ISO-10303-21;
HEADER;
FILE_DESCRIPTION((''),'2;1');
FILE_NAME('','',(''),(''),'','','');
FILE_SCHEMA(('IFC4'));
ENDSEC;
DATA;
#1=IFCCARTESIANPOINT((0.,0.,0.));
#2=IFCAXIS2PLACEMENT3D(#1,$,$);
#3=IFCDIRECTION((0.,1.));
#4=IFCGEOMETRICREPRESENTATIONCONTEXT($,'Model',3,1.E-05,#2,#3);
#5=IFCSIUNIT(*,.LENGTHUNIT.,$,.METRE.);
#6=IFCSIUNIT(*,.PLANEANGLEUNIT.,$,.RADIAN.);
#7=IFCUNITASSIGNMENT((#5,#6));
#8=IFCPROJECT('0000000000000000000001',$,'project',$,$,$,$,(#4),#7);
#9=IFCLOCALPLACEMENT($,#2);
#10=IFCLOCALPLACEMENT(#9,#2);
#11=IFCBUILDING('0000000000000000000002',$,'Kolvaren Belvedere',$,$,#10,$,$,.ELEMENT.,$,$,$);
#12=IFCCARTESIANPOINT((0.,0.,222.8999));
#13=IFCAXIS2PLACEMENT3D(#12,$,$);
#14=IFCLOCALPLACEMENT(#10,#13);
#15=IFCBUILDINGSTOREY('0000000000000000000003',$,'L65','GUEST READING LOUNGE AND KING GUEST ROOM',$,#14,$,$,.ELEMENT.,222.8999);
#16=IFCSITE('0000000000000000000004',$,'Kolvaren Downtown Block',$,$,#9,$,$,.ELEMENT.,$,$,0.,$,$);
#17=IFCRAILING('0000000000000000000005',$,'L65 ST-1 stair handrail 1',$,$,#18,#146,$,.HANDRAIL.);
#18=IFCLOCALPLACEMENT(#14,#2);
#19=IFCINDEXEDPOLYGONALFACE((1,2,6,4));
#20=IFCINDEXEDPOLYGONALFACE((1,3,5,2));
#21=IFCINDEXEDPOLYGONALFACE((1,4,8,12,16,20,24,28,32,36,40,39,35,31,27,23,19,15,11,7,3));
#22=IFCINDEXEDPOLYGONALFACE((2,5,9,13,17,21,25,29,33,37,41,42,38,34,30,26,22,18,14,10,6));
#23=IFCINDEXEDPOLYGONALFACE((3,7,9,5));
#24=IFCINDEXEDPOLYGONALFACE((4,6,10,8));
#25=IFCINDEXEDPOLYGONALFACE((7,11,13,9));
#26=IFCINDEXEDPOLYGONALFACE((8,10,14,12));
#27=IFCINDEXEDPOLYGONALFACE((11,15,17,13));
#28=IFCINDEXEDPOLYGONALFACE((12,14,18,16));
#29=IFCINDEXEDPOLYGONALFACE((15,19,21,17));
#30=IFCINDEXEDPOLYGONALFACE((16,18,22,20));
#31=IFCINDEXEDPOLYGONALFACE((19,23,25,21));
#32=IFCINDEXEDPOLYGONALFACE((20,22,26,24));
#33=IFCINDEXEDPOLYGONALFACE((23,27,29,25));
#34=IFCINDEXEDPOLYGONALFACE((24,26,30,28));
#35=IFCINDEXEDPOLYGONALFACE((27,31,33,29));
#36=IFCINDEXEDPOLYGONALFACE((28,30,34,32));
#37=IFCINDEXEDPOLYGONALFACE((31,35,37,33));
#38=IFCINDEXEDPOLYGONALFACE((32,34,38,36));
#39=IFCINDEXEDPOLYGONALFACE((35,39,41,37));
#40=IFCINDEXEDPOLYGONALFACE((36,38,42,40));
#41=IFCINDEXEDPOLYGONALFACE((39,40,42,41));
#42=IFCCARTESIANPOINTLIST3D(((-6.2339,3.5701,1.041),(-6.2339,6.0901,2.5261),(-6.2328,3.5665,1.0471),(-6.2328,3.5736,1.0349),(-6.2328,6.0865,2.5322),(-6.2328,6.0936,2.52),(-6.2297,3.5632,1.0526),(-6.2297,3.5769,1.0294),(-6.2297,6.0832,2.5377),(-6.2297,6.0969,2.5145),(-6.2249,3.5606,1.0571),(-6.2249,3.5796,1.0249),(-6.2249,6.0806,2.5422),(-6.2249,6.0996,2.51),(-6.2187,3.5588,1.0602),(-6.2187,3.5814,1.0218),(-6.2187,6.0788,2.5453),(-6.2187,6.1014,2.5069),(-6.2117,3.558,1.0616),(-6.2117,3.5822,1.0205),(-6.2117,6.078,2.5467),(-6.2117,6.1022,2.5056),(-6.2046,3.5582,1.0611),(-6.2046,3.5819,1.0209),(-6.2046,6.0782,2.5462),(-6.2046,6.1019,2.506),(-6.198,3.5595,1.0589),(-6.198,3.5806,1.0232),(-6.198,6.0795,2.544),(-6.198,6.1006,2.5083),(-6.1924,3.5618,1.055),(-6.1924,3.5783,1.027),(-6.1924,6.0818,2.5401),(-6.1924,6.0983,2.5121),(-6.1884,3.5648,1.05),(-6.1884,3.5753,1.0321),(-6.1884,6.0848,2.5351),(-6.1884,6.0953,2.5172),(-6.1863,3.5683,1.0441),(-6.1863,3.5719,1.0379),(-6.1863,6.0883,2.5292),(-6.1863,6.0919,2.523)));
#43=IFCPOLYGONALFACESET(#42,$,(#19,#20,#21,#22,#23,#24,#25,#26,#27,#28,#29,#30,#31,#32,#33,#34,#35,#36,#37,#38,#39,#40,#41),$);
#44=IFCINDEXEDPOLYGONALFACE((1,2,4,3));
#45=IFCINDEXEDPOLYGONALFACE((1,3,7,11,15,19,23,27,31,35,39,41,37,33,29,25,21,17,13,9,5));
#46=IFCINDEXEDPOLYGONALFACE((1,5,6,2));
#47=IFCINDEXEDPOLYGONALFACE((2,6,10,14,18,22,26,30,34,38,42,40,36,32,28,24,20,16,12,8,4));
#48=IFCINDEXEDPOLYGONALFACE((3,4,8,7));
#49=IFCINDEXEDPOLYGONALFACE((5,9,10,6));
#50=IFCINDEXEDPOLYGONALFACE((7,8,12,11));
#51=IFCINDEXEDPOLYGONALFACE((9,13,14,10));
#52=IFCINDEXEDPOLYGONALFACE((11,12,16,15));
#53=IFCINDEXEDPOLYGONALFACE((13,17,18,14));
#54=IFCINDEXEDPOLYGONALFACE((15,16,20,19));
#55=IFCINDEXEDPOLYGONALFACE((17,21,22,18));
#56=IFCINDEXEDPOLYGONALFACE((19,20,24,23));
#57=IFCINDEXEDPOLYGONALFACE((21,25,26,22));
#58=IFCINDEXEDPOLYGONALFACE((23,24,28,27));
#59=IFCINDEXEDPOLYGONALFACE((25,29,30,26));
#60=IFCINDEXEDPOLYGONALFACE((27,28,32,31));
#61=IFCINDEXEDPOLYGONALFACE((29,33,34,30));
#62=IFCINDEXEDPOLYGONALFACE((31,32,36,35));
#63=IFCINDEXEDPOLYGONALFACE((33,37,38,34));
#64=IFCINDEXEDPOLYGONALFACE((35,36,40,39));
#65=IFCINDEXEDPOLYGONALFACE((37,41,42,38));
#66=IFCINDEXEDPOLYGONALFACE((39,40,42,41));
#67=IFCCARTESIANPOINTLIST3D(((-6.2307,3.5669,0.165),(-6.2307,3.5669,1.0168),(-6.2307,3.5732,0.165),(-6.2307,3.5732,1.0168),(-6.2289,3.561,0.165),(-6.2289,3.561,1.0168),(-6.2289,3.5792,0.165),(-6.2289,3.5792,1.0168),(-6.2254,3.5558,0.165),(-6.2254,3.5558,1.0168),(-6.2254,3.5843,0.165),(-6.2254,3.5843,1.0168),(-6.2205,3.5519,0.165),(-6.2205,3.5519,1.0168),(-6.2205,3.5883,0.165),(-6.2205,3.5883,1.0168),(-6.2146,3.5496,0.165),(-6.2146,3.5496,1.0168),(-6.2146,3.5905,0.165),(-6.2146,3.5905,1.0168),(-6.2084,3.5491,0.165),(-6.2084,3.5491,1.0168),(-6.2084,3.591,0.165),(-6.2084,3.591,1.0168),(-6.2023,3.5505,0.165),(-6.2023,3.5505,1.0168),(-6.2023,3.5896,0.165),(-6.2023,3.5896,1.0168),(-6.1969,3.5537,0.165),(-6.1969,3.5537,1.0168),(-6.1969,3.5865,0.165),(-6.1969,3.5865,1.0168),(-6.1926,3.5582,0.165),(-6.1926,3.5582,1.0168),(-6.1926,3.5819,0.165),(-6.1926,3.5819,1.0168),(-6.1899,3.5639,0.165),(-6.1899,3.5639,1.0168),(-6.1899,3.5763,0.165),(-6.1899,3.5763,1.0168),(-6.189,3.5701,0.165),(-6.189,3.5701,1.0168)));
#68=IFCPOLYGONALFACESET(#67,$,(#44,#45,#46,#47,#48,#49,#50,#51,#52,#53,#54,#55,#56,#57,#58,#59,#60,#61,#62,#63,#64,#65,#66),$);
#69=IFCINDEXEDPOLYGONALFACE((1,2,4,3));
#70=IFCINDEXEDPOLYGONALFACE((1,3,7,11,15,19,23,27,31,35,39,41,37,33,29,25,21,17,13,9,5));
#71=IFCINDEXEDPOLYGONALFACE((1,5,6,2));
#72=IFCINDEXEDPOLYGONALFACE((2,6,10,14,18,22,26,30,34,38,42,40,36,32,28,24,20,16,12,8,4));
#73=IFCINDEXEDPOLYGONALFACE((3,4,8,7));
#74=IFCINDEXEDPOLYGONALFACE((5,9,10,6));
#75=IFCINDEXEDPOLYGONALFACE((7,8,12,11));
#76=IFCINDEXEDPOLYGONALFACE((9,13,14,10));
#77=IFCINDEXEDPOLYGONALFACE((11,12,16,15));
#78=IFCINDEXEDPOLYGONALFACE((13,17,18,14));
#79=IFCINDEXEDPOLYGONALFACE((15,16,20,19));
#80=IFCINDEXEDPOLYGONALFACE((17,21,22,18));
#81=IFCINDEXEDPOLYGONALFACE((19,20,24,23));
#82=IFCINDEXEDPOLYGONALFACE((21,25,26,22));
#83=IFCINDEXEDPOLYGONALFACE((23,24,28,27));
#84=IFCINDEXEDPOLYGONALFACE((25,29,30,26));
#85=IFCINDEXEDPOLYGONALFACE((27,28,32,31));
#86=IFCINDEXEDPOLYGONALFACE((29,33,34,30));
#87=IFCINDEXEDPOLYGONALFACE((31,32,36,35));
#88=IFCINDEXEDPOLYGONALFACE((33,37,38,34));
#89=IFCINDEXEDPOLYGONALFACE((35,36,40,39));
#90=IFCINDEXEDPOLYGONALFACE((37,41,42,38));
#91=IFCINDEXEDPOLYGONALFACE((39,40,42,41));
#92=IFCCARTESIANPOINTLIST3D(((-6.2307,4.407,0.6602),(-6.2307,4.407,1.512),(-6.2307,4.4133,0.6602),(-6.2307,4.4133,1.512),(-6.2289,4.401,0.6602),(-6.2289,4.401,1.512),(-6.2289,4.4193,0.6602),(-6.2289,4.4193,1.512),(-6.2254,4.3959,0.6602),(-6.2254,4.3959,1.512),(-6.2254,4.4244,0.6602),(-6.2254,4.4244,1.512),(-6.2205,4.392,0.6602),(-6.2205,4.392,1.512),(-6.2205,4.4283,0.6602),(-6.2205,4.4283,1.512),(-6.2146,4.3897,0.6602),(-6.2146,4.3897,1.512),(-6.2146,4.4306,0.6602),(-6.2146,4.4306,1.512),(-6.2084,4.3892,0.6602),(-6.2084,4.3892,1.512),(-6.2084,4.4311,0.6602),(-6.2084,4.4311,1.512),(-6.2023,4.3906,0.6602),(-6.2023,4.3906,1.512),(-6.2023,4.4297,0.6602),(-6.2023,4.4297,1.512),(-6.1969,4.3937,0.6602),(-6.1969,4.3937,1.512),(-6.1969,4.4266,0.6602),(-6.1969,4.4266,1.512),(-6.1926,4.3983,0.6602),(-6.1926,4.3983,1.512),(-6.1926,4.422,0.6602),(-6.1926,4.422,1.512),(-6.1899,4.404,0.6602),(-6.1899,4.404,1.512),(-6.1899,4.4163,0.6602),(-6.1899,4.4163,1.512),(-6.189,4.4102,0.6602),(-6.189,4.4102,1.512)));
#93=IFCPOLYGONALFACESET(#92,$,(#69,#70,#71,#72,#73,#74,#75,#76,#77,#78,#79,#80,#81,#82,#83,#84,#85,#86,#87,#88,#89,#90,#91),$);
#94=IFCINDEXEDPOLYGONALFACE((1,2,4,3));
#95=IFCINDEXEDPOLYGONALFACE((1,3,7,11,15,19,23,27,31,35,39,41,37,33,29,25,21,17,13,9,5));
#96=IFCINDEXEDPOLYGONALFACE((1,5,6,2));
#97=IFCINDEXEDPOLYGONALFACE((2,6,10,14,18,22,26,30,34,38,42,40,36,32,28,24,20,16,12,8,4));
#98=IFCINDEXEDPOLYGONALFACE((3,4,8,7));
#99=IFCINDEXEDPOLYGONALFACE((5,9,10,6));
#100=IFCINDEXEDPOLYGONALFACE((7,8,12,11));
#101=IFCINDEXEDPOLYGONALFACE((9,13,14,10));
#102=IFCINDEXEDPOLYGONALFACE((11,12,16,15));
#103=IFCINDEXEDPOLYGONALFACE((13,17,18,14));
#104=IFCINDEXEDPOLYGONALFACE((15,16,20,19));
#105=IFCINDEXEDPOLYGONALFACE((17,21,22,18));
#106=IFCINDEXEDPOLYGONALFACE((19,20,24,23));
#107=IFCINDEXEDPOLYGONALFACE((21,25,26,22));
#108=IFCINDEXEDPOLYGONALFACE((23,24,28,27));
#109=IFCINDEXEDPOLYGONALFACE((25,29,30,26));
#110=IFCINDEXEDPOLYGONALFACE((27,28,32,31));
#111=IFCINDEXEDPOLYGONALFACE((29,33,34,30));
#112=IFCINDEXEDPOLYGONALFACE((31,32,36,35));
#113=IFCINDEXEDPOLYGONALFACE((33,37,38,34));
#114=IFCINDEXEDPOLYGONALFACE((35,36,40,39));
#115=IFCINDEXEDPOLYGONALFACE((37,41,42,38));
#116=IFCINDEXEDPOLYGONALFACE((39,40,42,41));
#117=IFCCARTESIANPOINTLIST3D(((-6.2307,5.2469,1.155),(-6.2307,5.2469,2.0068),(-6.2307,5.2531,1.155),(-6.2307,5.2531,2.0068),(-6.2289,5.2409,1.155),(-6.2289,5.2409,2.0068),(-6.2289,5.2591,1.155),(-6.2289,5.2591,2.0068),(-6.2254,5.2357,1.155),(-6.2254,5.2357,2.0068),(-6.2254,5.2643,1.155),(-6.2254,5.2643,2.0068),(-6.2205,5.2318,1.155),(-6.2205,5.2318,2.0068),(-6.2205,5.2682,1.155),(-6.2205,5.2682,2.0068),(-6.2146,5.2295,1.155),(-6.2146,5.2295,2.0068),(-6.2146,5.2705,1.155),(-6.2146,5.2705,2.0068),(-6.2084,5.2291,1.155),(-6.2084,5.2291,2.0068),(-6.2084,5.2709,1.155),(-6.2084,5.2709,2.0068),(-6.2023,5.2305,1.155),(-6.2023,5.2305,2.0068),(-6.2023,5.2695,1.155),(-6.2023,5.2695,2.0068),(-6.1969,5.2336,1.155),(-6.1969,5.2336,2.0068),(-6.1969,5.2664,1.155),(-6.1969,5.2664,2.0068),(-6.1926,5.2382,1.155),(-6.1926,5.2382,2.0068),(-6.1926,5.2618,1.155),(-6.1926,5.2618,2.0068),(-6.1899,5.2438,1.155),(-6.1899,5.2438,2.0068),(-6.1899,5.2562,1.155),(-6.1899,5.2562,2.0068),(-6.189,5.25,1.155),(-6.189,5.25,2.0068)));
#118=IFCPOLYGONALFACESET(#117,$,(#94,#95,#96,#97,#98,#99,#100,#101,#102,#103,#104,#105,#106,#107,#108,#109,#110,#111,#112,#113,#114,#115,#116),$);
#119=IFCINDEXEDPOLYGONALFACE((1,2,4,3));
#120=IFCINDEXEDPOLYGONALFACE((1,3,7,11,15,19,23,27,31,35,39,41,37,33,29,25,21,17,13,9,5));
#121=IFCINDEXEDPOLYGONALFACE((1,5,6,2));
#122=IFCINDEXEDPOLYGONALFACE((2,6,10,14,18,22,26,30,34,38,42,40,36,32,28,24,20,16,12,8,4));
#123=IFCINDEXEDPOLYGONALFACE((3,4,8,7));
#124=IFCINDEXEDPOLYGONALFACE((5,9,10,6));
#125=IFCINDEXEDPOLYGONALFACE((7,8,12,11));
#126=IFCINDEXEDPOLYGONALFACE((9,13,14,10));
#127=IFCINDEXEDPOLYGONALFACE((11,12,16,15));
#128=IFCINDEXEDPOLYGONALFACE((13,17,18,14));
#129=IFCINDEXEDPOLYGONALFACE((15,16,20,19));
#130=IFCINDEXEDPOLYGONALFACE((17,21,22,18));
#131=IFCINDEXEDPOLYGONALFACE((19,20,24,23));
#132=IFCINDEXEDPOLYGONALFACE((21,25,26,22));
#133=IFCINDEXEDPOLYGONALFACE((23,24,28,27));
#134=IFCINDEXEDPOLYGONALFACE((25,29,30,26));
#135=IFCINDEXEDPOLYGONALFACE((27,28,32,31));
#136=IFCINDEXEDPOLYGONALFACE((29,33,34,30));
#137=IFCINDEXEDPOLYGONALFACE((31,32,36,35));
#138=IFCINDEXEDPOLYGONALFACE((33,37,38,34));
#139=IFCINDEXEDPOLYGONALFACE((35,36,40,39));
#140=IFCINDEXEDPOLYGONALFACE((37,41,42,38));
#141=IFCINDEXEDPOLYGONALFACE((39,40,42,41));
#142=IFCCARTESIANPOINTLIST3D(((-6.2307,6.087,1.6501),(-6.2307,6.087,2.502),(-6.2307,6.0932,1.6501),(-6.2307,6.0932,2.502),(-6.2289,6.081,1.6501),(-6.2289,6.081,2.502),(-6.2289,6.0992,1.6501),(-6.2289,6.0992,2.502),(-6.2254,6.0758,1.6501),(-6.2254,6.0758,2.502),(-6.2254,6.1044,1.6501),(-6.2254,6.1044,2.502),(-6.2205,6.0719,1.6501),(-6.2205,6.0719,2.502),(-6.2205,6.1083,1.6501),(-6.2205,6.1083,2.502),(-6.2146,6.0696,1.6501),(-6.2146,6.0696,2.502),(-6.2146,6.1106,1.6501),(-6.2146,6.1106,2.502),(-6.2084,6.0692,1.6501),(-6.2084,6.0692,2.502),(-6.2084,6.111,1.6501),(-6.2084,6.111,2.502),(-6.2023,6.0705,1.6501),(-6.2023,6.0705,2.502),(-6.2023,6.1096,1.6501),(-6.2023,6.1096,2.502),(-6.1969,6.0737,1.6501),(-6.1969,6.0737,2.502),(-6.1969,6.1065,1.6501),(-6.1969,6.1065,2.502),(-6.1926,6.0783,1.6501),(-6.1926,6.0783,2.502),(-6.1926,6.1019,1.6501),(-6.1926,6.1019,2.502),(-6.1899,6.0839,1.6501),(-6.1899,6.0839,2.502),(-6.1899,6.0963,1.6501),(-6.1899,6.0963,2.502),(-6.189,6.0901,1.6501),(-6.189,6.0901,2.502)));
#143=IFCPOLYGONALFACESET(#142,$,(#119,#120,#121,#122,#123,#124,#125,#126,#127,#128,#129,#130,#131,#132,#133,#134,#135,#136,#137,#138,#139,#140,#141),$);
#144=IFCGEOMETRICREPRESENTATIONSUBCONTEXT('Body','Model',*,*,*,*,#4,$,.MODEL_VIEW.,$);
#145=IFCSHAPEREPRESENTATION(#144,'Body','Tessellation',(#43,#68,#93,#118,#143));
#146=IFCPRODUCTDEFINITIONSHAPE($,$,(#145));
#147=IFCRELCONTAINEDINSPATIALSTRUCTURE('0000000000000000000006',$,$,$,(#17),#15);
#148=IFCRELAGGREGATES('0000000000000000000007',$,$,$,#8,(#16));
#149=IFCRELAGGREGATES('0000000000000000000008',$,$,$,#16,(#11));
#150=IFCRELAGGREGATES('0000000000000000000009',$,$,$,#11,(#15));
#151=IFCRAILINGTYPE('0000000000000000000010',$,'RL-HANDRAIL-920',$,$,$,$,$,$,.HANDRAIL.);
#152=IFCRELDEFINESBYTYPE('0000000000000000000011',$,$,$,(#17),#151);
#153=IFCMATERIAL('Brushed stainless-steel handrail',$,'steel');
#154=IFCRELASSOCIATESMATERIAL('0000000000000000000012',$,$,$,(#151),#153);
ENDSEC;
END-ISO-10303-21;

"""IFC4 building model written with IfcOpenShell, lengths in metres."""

from ifc_helpers import new_model, si_unit, direction, frame, origin, origin_2d, place, context, subcontext, project, spatial, circle, extrude, material, type_object, element, save


model = new_model("IFC4")

# Units and contexts
model_context = context("Model", 3, precision=1e-05, world=origin(), true_north=direction((0.0, 1.0)))
body_context = subcontext(model_context, "Body", "Model", "MODEL_VIEW")
ifc_project = project(units=[si_unit("LENGTHUNIT", "METRE"), si_unit("PLANEANGLEUNIT", "RADIAN")], contexts=[model_context])

# Site, building, storey
site_placement = place(None, origin())
site = spatial("IfcSite", under=ifc_project, at=site_placement, Name="Kolvaren Downtown Block", CompositionType="ELEMENT", RefElevation=0.0)
building_placement = place(site_placement, origin())
building = spatial("IfcBuilding", under=site, at=building_placement, Name="Kolvaren Belvedere", CompositionType="ELEMENT")
storey_placement = place(building_placement, frame((0.0, 0.0, 222.8999)))
storey = spatial("IfcBuildingStorey", under=building, at=storey_placement, Name="L65", Description="GUEST READING LOUNGE AND KING GUEST ROOM", CompositionType="ELEMENT", Elevation=222.8999)

# Railing
ifc_material_1 = material(Name="Brushed stainless-steel handrail", Category="steel")
railing_type_1 = type_object("IfcRailingType", Name="RL-HANDRAIL-920", PredefinedType="HANDRAIL", material=ifc_material_1)
railing_1_placement = place(storey_placement, frame((-6.21, 3.5701, 0.165)))
element("IfcRailing", 1, at=railing_1_placement, inside=storey, type_object=railing_type_1, Name="L65 ST-1 stair handrail 1", PredefinedType="HANDRAIL", context=body_context, shape_type="SweptSolid", body=[
    extrude(circle(Radius=0.0239, at=origin_2d()), frame((0.0, 0.0, 0.876), z_axis=(0.0, 0.861524, 0.507717), x_axis=(-1.0, 0.0, 0.0)), (0.0, 0.0, 1.0), 2.925),
    extrude(circle(Radius=0.021, at=origin_2d()), origin(), (0.0, 0.0, 1.0), 0.8518),
    extrude(circle(Radius=0.021, at=origin_2d()), frame((0.0, 0.8401, 0.4951)), (0.0, 0.0, 1.0), 0.8518),
    extrude(circle(Radius=0.021, at=origin_2d()), frame((0.0, 1.6799, 0.99)), (0.0, 0.0, 1.0), 0.8518),
    extrude(circle(Radius=0.021, at=origin_2d()), frame((0.0, 2.52, 1.4851)), (0.0, 0.0, 1.0), 0.8518),
])

save(model, "model.ifc")
